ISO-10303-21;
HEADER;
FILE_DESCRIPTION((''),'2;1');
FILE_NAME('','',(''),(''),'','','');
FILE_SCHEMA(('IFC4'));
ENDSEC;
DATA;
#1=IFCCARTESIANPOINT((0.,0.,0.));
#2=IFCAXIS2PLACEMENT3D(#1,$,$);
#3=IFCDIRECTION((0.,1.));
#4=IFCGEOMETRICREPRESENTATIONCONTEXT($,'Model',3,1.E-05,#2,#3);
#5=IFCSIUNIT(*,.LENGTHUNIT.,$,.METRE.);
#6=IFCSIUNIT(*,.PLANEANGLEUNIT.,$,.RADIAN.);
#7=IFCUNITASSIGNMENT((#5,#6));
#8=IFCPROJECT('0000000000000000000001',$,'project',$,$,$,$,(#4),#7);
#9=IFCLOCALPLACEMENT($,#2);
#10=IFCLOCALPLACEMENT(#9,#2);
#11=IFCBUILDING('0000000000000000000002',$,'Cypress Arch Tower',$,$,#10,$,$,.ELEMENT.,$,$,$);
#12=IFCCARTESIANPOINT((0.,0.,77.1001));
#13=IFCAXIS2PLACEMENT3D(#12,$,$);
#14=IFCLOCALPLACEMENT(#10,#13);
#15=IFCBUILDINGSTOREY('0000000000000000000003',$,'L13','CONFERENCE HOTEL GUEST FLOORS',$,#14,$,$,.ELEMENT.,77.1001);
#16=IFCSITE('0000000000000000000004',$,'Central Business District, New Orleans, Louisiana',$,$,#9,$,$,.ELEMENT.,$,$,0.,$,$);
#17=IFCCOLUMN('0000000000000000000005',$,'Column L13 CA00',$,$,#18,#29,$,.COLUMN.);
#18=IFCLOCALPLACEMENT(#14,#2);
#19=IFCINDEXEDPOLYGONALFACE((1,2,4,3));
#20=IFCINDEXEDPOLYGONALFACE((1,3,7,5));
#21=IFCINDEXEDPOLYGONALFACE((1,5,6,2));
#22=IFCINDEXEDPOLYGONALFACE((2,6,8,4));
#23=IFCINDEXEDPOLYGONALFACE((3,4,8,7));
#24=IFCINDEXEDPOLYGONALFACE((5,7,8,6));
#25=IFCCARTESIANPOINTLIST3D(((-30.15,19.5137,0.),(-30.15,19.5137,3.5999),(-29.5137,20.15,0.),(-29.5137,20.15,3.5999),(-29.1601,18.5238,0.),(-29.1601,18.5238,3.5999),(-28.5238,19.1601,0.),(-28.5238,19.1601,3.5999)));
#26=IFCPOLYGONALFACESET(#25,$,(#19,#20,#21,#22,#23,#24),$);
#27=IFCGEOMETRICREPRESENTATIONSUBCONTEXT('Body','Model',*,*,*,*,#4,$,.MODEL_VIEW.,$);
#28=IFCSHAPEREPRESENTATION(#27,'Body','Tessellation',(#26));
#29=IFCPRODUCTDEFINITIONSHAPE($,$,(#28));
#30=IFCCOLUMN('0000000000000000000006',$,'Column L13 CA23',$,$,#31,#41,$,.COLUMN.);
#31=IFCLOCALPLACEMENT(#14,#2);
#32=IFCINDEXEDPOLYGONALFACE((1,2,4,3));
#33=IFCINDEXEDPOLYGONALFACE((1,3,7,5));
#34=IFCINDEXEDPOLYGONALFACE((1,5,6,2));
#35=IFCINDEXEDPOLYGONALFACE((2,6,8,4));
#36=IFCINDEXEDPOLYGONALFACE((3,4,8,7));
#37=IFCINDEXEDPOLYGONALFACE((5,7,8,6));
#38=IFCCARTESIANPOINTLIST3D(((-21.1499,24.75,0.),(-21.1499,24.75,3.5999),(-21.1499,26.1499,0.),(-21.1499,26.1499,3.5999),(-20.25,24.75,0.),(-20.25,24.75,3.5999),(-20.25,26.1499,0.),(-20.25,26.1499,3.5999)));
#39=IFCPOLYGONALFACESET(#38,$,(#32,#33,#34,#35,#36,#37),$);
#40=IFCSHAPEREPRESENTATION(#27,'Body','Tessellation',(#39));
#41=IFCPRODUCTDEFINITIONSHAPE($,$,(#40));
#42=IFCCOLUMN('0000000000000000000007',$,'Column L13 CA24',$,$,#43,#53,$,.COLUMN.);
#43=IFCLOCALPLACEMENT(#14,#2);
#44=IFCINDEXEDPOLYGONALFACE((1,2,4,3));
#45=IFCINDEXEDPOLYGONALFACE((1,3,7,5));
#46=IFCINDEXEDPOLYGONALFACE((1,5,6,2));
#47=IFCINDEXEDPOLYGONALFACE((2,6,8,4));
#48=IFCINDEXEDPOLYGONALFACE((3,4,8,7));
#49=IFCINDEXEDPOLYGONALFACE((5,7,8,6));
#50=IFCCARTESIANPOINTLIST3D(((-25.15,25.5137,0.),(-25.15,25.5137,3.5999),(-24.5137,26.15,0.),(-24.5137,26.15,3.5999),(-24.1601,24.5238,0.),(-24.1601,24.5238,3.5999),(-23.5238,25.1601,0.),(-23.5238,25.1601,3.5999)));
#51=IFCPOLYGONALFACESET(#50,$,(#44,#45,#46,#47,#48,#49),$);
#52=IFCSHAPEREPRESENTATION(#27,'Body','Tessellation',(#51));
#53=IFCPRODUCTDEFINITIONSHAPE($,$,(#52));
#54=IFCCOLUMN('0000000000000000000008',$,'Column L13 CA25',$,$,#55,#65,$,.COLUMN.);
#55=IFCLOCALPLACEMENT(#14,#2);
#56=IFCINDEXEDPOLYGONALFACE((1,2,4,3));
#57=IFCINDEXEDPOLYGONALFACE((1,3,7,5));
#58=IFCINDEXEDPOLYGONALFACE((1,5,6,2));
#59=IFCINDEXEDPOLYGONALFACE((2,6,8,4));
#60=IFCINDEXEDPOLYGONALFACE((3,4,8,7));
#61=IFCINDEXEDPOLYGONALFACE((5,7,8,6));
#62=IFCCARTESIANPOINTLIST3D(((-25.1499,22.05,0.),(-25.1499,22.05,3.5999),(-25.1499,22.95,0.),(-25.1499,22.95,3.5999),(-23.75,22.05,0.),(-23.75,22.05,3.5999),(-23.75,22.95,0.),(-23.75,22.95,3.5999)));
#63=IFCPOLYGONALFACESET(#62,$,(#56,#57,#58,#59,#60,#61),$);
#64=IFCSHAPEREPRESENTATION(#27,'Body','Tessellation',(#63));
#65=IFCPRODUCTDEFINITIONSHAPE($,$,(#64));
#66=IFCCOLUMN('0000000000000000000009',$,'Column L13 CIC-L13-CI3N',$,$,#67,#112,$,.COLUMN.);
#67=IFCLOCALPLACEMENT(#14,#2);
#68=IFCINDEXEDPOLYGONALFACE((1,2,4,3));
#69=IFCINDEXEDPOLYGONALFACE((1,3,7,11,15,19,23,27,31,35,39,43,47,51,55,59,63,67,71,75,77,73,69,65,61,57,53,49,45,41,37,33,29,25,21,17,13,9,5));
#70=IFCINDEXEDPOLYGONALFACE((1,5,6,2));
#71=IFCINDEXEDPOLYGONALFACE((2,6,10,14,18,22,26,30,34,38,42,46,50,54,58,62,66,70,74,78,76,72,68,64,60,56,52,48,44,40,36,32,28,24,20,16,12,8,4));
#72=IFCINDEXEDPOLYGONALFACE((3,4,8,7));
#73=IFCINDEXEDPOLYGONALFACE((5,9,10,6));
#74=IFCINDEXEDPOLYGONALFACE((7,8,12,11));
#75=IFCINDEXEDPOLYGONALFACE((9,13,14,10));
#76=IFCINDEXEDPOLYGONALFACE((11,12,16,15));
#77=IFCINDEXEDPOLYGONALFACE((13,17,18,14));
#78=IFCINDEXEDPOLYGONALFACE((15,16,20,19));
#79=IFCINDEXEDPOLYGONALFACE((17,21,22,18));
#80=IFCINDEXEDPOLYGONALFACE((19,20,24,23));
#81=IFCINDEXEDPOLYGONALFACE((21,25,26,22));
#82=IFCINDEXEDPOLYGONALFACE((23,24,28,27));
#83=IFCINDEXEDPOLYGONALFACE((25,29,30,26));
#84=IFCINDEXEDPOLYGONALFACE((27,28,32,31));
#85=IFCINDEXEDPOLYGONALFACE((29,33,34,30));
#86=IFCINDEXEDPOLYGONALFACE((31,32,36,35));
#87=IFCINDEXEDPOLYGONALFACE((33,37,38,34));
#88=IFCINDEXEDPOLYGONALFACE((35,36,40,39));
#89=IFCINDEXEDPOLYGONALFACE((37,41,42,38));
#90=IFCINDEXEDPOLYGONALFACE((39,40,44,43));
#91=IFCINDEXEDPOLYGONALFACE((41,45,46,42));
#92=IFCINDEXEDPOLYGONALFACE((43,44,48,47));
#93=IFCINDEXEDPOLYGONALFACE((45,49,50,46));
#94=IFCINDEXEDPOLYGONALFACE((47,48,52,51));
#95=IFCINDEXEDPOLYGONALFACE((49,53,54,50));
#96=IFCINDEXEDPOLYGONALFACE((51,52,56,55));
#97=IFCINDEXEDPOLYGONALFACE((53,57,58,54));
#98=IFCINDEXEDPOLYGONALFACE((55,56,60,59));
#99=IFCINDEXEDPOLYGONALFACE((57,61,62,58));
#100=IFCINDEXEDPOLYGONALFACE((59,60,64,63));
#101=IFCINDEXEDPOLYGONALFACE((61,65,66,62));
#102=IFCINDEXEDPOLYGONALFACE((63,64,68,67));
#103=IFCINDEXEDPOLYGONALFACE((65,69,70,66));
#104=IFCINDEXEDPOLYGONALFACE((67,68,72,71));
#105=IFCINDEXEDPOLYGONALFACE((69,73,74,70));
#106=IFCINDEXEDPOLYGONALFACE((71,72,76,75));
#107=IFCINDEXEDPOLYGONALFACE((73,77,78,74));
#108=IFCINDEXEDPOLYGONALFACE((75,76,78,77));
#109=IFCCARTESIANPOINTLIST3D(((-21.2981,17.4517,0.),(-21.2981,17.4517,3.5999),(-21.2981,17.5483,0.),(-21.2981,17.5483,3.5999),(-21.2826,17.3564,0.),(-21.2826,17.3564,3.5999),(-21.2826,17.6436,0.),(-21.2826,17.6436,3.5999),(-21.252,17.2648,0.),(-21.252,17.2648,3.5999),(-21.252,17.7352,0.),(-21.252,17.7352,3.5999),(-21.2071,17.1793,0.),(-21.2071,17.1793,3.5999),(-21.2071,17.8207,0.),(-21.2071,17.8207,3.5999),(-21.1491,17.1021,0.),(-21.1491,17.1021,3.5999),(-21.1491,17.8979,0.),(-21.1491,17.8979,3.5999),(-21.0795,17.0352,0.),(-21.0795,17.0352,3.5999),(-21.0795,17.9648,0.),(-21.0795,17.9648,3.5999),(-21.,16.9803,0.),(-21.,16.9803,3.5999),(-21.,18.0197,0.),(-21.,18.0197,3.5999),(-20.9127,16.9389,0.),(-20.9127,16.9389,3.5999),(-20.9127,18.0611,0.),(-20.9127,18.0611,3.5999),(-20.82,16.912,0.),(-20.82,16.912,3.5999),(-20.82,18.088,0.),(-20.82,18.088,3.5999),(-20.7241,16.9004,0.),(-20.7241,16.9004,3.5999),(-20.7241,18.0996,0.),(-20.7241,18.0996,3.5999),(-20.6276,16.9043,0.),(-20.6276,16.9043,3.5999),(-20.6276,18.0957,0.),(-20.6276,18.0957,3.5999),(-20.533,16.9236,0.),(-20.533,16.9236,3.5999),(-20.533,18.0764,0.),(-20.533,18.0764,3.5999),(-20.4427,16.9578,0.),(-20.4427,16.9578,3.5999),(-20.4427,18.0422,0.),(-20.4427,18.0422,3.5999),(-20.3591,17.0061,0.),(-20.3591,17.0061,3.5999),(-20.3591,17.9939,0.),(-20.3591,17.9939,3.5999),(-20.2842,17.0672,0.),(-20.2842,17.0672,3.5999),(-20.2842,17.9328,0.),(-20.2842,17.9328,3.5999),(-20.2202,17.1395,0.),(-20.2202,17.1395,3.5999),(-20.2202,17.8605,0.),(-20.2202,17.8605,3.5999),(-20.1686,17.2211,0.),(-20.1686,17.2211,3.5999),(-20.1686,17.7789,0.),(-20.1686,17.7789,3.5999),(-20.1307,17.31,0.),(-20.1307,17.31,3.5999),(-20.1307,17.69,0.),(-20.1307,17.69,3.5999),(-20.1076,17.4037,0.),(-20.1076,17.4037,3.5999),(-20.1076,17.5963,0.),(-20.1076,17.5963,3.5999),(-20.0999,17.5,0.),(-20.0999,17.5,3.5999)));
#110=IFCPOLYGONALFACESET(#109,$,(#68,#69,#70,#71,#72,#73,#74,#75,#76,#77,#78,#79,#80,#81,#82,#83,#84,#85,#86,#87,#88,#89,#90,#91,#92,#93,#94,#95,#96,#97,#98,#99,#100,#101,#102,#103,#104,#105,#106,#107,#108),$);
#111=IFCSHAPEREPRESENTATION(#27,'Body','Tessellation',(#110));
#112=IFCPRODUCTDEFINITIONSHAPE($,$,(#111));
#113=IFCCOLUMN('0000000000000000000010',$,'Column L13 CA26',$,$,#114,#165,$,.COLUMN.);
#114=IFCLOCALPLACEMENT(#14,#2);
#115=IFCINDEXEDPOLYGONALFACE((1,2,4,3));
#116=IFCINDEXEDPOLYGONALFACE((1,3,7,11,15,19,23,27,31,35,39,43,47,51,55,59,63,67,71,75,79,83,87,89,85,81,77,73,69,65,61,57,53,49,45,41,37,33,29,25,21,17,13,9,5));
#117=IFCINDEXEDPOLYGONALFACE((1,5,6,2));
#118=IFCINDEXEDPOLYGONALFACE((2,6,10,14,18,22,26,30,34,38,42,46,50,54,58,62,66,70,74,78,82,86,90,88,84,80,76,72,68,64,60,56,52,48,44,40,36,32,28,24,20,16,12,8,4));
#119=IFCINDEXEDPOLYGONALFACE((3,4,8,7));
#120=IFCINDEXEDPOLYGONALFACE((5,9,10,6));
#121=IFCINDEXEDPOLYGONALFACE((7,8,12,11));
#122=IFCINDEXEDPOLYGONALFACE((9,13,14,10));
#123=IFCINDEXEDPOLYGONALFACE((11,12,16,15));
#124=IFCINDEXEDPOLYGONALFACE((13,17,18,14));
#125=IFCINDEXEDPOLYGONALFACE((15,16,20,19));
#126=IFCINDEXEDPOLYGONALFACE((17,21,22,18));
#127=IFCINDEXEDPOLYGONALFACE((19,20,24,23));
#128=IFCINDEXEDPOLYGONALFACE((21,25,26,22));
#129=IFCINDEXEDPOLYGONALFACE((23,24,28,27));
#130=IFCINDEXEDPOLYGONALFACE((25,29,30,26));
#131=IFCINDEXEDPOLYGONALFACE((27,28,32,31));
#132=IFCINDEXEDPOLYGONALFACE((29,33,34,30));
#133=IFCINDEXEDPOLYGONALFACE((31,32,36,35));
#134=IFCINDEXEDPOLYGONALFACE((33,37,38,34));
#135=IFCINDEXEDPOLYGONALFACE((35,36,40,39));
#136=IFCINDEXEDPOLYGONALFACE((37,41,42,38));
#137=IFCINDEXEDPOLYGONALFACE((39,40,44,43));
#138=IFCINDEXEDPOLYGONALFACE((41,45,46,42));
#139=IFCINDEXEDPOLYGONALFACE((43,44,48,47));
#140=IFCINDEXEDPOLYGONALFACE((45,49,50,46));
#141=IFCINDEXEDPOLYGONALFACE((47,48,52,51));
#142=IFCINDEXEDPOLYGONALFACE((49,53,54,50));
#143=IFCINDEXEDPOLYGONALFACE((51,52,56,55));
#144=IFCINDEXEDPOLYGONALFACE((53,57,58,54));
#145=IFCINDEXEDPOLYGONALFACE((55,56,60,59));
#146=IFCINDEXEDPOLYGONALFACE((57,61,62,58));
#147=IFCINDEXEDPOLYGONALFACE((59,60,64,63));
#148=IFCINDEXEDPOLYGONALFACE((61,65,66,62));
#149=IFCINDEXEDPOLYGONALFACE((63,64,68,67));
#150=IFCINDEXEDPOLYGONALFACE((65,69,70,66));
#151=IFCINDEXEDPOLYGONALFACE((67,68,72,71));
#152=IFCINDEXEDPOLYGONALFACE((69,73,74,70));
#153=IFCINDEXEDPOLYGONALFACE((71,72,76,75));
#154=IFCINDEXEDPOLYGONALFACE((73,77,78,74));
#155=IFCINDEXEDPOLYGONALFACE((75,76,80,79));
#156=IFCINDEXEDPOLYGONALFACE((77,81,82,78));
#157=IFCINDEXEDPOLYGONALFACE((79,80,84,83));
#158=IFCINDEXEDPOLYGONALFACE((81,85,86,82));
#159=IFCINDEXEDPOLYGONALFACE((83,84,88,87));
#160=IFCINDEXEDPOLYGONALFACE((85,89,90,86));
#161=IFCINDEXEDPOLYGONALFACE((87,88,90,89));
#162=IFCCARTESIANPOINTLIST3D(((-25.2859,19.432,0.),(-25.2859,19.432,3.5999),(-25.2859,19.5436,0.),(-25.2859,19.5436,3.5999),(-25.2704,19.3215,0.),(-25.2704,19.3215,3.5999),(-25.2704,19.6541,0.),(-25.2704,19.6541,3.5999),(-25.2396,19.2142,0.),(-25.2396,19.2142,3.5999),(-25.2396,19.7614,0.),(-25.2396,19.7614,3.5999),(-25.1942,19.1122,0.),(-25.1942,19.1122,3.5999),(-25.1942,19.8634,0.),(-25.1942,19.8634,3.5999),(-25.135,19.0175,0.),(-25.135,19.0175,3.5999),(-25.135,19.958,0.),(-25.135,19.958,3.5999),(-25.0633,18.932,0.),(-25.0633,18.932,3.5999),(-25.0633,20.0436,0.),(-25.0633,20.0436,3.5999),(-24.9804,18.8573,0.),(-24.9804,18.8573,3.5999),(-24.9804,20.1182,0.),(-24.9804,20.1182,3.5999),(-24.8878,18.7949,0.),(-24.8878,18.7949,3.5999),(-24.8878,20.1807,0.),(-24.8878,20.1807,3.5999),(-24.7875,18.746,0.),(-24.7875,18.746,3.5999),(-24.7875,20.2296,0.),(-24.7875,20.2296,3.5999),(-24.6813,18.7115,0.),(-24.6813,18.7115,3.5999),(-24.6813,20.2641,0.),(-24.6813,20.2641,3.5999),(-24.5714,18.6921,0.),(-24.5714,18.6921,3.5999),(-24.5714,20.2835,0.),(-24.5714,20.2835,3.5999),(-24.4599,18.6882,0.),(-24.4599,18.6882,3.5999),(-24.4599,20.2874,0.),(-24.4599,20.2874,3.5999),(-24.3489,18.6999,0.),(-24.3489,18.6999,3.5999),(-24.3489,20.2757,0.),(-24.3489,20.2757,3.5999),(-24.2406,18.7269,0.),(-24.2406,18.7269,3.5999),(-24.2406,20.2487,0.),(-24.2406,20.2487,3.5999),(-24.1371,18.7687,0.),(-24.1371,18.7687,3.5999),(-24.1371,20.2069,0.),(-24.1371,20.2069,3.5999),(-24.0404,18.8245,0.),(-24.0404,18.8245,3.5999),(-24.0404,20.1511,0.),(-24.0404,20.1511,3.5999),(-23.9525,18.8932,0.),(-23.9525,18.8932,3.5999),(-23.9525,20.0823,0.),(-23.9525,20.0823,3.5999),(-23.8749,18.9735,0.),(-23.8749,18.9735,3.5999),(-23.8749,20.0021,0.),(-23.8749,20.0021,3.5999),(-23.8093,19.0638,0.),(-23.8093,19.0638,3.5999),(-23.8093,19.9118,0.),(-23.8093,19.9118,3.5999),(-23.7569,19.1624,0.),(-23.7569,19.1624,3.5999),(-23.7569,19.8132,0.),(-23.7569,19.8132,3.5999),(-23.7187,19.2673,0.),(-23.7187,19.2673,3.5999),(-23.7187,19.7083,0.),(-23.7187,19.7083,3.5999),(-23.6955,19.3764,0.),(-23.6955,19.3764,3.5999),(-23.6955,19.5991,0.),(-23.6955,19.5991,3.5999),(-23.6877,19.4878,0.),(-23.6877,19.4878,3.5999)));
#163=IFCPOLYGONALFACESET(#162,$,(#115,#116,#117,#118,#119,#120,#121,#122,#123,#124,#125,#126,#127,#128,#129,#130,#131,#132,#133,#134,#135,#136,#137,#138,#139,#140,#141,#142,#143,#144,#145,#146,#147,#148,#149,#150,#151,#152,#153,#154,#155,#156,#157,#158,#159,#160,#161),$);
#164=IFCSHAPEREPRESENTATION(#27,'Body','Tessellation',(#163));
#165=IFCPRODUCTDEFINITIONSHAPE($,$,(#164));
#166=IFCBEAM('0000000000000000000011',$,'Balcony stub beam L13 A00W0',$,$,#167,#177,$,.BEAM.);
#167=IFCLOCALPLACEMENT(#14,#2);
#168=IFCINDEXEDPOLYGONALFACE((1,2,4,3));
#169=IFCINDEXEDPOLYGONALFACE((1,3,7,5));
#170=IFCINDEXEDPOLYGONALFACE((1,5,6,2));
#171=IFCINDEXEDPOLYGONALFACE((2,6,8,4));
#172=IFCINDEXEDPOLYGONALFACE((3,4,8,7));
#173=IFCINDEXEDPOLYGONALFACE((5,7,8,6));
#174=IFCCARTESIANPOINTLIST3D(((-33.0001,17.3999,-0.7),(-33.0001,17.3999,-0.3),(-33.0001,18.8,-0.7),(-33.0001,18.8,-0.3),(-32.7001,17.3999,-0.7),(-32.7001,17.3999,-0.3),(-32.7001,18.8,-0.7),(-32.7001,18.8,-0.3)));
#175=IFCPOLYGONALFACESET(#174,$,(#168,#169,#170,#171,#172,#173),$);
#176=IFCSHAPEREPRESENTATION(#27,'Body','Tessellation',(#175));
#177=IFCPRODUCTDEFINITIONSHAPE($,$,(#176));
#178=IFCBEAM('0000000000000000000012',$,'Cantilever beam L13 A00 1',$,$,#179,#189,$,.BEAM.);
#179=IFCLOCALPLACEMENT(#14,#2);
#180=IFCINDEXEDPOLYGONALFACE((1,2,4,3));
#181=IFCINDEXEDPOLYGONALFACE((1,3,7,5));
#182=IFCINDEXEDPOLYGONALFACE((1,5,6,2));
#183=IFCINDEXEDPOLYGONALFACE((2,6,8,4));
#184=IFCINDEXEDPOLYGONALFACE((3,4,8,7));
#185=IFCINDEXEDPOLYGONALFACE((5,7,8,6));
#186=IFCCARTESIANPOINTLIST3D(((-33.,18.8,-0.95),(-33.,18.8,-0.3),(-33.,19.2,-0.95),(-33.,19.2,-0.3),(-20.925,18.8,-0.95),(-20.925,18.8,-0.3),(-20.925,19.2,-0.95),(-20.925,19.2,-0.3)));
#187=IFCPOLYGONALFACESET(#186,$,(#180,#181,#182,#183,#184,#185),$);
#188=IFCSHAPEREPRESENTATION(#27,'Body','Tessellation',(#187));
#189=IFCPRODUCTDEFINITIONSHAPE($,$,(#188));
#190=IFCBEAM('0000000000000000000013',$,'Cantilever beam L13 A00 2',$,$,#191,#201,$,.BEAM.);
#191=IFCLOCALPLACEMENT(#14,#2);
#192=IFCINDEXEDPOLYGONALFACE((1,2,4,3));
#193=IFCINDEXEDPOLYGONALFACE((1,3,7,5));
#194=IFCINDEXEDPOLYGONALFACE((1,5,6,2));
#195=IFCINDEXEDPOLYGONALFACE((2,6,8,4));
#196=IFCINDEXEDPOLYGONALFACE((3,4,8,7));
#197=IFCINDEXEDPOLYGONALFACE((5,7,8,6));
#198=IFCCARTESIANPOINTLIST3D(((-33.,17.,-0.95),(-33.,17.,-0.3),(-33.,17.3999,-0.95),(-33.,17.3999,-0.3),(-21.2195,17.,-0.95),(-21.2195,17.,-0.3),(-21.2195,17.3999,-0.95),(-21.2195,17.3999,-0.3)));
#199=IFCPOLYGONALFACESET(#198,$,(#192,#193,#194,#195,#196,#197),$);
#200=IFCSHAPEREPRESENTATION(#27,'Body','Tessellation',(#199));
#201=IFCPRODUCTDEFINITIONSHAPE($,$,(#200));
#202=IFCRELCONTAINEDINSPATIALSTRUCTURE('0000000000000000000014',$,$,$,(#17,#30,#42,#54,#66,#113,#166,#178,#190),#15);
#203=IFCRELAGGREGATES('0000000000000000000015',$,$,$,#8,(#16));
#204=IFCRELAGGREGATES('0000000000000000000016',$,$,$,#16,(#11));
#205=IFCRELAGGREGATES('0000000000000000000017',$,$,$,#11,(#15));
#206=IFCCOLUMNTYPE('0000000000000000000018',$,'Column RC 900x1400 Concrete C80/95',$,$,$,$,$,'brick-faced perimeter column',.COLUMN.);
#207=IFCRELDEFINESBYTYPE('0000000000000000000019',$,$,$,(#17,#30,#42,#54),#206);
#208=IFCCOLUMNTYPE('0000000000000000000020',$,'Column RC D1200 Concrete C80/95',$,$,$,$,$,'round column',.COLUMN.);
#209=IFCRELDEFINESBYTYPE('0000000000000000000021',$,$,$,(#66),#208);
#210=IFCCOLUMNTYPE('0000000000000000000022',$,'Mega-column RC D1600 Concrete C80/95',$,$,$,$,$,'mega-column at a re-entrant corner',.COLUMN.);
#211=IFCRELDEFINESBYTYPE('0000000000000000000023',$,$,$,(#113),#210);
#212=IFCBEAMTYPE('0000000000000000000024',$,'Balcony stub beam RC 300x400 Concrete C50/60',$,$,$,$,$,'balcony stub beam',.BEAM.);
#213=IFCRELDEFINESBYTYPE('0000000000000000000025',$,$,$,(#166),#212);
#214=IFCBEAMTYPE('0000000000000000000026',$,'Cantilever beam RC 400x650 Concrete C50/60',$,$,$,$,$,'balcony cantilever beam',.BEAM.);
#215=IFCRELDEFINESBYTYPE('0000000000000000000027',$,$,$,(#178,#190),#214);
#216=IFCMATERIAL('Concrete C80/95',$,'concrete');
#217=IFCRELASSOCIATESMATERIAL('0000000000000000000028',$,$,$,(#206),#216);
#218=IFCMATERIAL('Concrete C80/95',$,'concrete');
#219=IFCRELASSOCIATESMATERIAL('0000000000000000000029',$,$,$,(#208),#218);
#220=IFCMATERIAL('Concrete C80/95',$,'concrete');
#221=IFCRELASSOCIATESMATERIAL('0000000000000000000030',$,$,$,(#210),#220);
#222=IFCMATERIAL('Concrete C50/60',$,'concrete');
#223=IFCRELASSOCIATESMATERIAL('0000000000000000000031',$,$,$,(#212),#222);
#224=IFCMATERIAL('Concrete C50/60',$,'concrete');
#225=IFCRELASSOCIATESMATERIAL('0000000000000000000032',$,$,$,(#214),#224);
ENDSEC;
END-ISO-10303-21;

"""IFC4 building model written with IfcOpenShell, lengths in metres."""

from ifc_helpers import new_model, si_unit, direction, frame, origin, origin_2d, place, context, subcontext, project, spatial, rectangle, circle, extrude, material, material_profile, profile_set, type_object, element, save


model = new_model("IFC4")

# Units and contexts
model_context = context("Model", 3, precision=1e-05, world=origin(), true_north=direction((0.0, 1.0)))
body_context = subcontext(model_context, "Body", "Model", "MODEL_VIEW")
ifc_project = project(units=[si_unit("LENGTHUNIT", "METRE"), si_unit("PLANEANGLEUNIT", "RADIAN")], contexts=[model_context])

# Site, building, storey
site_placement = place(None, origin())
site = spatial("IfcSite", under=ifc_project, at=site_placement, Name="Central Business District, New Orleans, Louisiana", CompositionType="ELEMENT", RefElevation=0.0)
building_placement = place(site_placement, origin())
building = spatial("IfcBuilding", under=site, at=building_placement, Name="Cypress Arch Tower", CompositionType="ELEMENT")
storey_placement = place(building_placement, frame((0.0, 0.0, 77.1001)))
storey = spatial("IfcBuildingStorey", under=building, at=storey_placement, Name="L13", Description="CONFERENCE HOTEL GUEST FLOORS", CompositionType="ELEMENT", Elevation=77.1001)

# Columns
ifc_material_1 = material(Name="Concrete C80/95", Category="concrete")
ifc_material_profile_1 = material_profile(ifc_material_1, rectangle(XDim=0.8999, YDim=1.3999, at=origin_2d()), Name="RC 900x1400")
ifc_profile_set_1 = profile_set([ifc_material_profile_1], Name="Concrete C80/95")
column_type_1 = type_object("IfcColumnType", Name="Column RC 900x1400 Concrete C80/95", ElementType="brick-faced perimeter column", PredefinedType="COLUMN", material=ifc_profile_set_1)
for number, where, z_axis, x_axis, name in (
    (1, (-29.3369, 19.3369, 0.0), (0.0, 0.0, 1.0), (-0.707107, -0.707107, 0.0), "Column L13 CA00"),
    (2, (-20.7, 25.45, 0.0), (0.0, 0.0, 1.0), (-1.0, 0.0, 0.0), "Column L13 CA23"),
    (3, (-24.3369, 25.3369, 0.0), (0.0, 0.0, 1.0), (-0.707107, -0.707107, 0.0), "Column L13 CA24"),
    (4, (-24.45, 22.5, 0.0), (0.0, 0.0, 1.0), (0.0, -1.0, 0.0), "Column L13 CA25"),
):
    element("IfcColumn", number, at=place(storey_placement, frame(where, z_axis=z_axis, x_axis=x_axis)), inside=storey, type_object=column_type_1, Name=name, PredefinedType="COLUMN", context=body_context, shape_type="SweptSolid", body=[
        extrude(rectangle(XDim=0.8999, YDim=1.3999, at=origin_2d()), origin(), (0.0, 0.0, 1.0), 3.5999),
    ])
ifc_material_2 = material(Name="Concrete C80/95", Category="concrete")
ifc_material_profile_2 = material_profile(ifc_material_2, circle(Radius=0.6001, at=origin_2d()), Name="RC D1200")
ifc_profile_set_2 = profile_set([ifc_material_profile_2], Name="Concrete C80/95")
column_type_2 = type_object("IfcColumnType", Name="Column RC D1200 Concrete C80/95", ElementType="round column", PredefinedType="COLUMN", material=ifc_profile_set_2)
column_1_placement = place(storey_placement, frame((-20.7, 17.5, 0.0), z_axis=(0.0, 0.0, 1.0), x_axis=(1.0, 0.0, 0.0)))
element("IfcColumn", 5, at=column_1_placement, inside=storey, type_object=column_type_2, Name="Column L13 CIC-L13-CI3N", PredefinedType="COLUMN", context=body_context, shape_type="SweptSolid", body=[
    extrude(circle(Radius=0.6001, at=origin_2d()), origin(), (0.0, 0.0, 1.0), 3.5999),
])
ifc_material_3 = material(Name="Concrete C80/95", Category="concrete")
ifc_material_profile_3 = material_profile(ifc_material_3, circle(Radius=0.8, at=origin_2d()), Name="RC D1600")
ifc_profile_set_3 = profile_set([ifc_material_profile_3], Name="Concrete C80/95")
column_type_3 = type_object("IfcColumnType", Name="Mega-column RC D1600 Concrete C80/95", ElementType="mega-column at a re-entrant corner", PredefinedType="COLUMN", material=ifc_profile_set_3)
column_2_placement = place(storey_placement, frame((-24.4878, 19.4878, 0.0), z_axis=(0.0, 0.0, 1.0), x_axis=(1.0, 0.0, 0.0)))
element("IfcColumn", 6, at=column_2_placement, inside=storey, type_object=column_type_3, Name="Column L13 CA26", PredefinedType="COLUMN", context=body_context, shape_type="SweptSolid", body=[
    extrude(circle(Radius=0.8, at=origin_2d()), origin(), (0.0, 0.0, 1.0), 3.5999),
])

# Beams
ifc_material_4 = material(Name="Concrete C50/60", Category="concrete")
ifc_material_profile_4 = material_profile(ifc_material_4, rectangle(XDim=0.3, YDim=0.3999, at=origin_2d()), Name="RC 300x400")
ifc_profile_set_4 = profile_set([ifc_material_profile_4], Name="Concrete C50/60")
beam_type_1 = type_object("IfcBeamType", Name="Balcony stub beam RC 300x400 Concrete C50/60", ElementType="balcony stub beam", PredefinedType="BEAM", material=ifc_profile_set_4)
beam_1_placement = place(storey_placement, frame((-32.8501, 18.8, -0.5), z_axis=(0.0, -1.0, 0.0), x_axis=(1.0, 0.0, 0.0)))
element("IfcBeam", 7, at=beam_1_placement, inside=storey, type_object=beam_type_1, Name="Balcony stub beam L13 A00W0", PredefinedType="BEAM", context=body_context, shape_type="SweptSolid", body=[
    extrude(rectangle(XDim=0.3, YDim=0.3999, at=origin_2d()), origin(), (0.0, 0.0, 1.0), 1.4001),
])
ifc_material_5 = material(Name="Concrete C50/60", Category="concrete")
ifc_material_profile_5 = material_profile(ifc_material_5, rectangle(XDim=0.3999, YDim=0.6499, at=origin_2d()), Name="RC 400x650")
ifc_profile_set_5 = profile_set([ifc_material_profile_5], Name="Concrete C50/60")
beam_type_2 = type_object("IfcBeamType", Name="Cantilever beam RC 400x650 Concrete C50/60", ElementType="balcony cantilever beam", PredefinedType="BEAM", material=ifc_profile_set_5)
beam_2_placement = place(storey_placement, frame((-20.925, 19.0, -0.625), z_axis=(-1.0, 0.0, 0.0), x_axis=(0.0, -1.0, 0.0)))
element("IfcBeam", 8, at=beam_2_placement, inside=storey, type_object=beam_type_2, Name="Cantilever beam L13 A00 1", PredefinedType="BEAM", context=body_context, shape_type="SweptSolid", body=[
    extrude(rectangle(XDim=0.3999, YDim=0.6499, at=origin_2d()), origin(), (0.0, 0.0, 1.0), 12.075),
])
beam_3_placement = place(storey_placement, frame((-21.2195, 17.2, -0.625), z_axis=(-1.0, 0.0, 0.0), x_axis=(0.0, -1.0, 0.0)))
element("IfcBeam", 9, at=beam_3_placement, inside=storey, type_object=beam_type_2, Name="Cantilever beam L13 A00 2", PredefinedType="BEAM", context=body_context, shape_type="SweptSolid", body=[
    extrude(rectangle(XDim=0.3999, YDim=0.6499, at=origin_2d()), origin(), (0.0, 0.0, 1.0), 11.7805),
])

save(model, "model.ifc")
